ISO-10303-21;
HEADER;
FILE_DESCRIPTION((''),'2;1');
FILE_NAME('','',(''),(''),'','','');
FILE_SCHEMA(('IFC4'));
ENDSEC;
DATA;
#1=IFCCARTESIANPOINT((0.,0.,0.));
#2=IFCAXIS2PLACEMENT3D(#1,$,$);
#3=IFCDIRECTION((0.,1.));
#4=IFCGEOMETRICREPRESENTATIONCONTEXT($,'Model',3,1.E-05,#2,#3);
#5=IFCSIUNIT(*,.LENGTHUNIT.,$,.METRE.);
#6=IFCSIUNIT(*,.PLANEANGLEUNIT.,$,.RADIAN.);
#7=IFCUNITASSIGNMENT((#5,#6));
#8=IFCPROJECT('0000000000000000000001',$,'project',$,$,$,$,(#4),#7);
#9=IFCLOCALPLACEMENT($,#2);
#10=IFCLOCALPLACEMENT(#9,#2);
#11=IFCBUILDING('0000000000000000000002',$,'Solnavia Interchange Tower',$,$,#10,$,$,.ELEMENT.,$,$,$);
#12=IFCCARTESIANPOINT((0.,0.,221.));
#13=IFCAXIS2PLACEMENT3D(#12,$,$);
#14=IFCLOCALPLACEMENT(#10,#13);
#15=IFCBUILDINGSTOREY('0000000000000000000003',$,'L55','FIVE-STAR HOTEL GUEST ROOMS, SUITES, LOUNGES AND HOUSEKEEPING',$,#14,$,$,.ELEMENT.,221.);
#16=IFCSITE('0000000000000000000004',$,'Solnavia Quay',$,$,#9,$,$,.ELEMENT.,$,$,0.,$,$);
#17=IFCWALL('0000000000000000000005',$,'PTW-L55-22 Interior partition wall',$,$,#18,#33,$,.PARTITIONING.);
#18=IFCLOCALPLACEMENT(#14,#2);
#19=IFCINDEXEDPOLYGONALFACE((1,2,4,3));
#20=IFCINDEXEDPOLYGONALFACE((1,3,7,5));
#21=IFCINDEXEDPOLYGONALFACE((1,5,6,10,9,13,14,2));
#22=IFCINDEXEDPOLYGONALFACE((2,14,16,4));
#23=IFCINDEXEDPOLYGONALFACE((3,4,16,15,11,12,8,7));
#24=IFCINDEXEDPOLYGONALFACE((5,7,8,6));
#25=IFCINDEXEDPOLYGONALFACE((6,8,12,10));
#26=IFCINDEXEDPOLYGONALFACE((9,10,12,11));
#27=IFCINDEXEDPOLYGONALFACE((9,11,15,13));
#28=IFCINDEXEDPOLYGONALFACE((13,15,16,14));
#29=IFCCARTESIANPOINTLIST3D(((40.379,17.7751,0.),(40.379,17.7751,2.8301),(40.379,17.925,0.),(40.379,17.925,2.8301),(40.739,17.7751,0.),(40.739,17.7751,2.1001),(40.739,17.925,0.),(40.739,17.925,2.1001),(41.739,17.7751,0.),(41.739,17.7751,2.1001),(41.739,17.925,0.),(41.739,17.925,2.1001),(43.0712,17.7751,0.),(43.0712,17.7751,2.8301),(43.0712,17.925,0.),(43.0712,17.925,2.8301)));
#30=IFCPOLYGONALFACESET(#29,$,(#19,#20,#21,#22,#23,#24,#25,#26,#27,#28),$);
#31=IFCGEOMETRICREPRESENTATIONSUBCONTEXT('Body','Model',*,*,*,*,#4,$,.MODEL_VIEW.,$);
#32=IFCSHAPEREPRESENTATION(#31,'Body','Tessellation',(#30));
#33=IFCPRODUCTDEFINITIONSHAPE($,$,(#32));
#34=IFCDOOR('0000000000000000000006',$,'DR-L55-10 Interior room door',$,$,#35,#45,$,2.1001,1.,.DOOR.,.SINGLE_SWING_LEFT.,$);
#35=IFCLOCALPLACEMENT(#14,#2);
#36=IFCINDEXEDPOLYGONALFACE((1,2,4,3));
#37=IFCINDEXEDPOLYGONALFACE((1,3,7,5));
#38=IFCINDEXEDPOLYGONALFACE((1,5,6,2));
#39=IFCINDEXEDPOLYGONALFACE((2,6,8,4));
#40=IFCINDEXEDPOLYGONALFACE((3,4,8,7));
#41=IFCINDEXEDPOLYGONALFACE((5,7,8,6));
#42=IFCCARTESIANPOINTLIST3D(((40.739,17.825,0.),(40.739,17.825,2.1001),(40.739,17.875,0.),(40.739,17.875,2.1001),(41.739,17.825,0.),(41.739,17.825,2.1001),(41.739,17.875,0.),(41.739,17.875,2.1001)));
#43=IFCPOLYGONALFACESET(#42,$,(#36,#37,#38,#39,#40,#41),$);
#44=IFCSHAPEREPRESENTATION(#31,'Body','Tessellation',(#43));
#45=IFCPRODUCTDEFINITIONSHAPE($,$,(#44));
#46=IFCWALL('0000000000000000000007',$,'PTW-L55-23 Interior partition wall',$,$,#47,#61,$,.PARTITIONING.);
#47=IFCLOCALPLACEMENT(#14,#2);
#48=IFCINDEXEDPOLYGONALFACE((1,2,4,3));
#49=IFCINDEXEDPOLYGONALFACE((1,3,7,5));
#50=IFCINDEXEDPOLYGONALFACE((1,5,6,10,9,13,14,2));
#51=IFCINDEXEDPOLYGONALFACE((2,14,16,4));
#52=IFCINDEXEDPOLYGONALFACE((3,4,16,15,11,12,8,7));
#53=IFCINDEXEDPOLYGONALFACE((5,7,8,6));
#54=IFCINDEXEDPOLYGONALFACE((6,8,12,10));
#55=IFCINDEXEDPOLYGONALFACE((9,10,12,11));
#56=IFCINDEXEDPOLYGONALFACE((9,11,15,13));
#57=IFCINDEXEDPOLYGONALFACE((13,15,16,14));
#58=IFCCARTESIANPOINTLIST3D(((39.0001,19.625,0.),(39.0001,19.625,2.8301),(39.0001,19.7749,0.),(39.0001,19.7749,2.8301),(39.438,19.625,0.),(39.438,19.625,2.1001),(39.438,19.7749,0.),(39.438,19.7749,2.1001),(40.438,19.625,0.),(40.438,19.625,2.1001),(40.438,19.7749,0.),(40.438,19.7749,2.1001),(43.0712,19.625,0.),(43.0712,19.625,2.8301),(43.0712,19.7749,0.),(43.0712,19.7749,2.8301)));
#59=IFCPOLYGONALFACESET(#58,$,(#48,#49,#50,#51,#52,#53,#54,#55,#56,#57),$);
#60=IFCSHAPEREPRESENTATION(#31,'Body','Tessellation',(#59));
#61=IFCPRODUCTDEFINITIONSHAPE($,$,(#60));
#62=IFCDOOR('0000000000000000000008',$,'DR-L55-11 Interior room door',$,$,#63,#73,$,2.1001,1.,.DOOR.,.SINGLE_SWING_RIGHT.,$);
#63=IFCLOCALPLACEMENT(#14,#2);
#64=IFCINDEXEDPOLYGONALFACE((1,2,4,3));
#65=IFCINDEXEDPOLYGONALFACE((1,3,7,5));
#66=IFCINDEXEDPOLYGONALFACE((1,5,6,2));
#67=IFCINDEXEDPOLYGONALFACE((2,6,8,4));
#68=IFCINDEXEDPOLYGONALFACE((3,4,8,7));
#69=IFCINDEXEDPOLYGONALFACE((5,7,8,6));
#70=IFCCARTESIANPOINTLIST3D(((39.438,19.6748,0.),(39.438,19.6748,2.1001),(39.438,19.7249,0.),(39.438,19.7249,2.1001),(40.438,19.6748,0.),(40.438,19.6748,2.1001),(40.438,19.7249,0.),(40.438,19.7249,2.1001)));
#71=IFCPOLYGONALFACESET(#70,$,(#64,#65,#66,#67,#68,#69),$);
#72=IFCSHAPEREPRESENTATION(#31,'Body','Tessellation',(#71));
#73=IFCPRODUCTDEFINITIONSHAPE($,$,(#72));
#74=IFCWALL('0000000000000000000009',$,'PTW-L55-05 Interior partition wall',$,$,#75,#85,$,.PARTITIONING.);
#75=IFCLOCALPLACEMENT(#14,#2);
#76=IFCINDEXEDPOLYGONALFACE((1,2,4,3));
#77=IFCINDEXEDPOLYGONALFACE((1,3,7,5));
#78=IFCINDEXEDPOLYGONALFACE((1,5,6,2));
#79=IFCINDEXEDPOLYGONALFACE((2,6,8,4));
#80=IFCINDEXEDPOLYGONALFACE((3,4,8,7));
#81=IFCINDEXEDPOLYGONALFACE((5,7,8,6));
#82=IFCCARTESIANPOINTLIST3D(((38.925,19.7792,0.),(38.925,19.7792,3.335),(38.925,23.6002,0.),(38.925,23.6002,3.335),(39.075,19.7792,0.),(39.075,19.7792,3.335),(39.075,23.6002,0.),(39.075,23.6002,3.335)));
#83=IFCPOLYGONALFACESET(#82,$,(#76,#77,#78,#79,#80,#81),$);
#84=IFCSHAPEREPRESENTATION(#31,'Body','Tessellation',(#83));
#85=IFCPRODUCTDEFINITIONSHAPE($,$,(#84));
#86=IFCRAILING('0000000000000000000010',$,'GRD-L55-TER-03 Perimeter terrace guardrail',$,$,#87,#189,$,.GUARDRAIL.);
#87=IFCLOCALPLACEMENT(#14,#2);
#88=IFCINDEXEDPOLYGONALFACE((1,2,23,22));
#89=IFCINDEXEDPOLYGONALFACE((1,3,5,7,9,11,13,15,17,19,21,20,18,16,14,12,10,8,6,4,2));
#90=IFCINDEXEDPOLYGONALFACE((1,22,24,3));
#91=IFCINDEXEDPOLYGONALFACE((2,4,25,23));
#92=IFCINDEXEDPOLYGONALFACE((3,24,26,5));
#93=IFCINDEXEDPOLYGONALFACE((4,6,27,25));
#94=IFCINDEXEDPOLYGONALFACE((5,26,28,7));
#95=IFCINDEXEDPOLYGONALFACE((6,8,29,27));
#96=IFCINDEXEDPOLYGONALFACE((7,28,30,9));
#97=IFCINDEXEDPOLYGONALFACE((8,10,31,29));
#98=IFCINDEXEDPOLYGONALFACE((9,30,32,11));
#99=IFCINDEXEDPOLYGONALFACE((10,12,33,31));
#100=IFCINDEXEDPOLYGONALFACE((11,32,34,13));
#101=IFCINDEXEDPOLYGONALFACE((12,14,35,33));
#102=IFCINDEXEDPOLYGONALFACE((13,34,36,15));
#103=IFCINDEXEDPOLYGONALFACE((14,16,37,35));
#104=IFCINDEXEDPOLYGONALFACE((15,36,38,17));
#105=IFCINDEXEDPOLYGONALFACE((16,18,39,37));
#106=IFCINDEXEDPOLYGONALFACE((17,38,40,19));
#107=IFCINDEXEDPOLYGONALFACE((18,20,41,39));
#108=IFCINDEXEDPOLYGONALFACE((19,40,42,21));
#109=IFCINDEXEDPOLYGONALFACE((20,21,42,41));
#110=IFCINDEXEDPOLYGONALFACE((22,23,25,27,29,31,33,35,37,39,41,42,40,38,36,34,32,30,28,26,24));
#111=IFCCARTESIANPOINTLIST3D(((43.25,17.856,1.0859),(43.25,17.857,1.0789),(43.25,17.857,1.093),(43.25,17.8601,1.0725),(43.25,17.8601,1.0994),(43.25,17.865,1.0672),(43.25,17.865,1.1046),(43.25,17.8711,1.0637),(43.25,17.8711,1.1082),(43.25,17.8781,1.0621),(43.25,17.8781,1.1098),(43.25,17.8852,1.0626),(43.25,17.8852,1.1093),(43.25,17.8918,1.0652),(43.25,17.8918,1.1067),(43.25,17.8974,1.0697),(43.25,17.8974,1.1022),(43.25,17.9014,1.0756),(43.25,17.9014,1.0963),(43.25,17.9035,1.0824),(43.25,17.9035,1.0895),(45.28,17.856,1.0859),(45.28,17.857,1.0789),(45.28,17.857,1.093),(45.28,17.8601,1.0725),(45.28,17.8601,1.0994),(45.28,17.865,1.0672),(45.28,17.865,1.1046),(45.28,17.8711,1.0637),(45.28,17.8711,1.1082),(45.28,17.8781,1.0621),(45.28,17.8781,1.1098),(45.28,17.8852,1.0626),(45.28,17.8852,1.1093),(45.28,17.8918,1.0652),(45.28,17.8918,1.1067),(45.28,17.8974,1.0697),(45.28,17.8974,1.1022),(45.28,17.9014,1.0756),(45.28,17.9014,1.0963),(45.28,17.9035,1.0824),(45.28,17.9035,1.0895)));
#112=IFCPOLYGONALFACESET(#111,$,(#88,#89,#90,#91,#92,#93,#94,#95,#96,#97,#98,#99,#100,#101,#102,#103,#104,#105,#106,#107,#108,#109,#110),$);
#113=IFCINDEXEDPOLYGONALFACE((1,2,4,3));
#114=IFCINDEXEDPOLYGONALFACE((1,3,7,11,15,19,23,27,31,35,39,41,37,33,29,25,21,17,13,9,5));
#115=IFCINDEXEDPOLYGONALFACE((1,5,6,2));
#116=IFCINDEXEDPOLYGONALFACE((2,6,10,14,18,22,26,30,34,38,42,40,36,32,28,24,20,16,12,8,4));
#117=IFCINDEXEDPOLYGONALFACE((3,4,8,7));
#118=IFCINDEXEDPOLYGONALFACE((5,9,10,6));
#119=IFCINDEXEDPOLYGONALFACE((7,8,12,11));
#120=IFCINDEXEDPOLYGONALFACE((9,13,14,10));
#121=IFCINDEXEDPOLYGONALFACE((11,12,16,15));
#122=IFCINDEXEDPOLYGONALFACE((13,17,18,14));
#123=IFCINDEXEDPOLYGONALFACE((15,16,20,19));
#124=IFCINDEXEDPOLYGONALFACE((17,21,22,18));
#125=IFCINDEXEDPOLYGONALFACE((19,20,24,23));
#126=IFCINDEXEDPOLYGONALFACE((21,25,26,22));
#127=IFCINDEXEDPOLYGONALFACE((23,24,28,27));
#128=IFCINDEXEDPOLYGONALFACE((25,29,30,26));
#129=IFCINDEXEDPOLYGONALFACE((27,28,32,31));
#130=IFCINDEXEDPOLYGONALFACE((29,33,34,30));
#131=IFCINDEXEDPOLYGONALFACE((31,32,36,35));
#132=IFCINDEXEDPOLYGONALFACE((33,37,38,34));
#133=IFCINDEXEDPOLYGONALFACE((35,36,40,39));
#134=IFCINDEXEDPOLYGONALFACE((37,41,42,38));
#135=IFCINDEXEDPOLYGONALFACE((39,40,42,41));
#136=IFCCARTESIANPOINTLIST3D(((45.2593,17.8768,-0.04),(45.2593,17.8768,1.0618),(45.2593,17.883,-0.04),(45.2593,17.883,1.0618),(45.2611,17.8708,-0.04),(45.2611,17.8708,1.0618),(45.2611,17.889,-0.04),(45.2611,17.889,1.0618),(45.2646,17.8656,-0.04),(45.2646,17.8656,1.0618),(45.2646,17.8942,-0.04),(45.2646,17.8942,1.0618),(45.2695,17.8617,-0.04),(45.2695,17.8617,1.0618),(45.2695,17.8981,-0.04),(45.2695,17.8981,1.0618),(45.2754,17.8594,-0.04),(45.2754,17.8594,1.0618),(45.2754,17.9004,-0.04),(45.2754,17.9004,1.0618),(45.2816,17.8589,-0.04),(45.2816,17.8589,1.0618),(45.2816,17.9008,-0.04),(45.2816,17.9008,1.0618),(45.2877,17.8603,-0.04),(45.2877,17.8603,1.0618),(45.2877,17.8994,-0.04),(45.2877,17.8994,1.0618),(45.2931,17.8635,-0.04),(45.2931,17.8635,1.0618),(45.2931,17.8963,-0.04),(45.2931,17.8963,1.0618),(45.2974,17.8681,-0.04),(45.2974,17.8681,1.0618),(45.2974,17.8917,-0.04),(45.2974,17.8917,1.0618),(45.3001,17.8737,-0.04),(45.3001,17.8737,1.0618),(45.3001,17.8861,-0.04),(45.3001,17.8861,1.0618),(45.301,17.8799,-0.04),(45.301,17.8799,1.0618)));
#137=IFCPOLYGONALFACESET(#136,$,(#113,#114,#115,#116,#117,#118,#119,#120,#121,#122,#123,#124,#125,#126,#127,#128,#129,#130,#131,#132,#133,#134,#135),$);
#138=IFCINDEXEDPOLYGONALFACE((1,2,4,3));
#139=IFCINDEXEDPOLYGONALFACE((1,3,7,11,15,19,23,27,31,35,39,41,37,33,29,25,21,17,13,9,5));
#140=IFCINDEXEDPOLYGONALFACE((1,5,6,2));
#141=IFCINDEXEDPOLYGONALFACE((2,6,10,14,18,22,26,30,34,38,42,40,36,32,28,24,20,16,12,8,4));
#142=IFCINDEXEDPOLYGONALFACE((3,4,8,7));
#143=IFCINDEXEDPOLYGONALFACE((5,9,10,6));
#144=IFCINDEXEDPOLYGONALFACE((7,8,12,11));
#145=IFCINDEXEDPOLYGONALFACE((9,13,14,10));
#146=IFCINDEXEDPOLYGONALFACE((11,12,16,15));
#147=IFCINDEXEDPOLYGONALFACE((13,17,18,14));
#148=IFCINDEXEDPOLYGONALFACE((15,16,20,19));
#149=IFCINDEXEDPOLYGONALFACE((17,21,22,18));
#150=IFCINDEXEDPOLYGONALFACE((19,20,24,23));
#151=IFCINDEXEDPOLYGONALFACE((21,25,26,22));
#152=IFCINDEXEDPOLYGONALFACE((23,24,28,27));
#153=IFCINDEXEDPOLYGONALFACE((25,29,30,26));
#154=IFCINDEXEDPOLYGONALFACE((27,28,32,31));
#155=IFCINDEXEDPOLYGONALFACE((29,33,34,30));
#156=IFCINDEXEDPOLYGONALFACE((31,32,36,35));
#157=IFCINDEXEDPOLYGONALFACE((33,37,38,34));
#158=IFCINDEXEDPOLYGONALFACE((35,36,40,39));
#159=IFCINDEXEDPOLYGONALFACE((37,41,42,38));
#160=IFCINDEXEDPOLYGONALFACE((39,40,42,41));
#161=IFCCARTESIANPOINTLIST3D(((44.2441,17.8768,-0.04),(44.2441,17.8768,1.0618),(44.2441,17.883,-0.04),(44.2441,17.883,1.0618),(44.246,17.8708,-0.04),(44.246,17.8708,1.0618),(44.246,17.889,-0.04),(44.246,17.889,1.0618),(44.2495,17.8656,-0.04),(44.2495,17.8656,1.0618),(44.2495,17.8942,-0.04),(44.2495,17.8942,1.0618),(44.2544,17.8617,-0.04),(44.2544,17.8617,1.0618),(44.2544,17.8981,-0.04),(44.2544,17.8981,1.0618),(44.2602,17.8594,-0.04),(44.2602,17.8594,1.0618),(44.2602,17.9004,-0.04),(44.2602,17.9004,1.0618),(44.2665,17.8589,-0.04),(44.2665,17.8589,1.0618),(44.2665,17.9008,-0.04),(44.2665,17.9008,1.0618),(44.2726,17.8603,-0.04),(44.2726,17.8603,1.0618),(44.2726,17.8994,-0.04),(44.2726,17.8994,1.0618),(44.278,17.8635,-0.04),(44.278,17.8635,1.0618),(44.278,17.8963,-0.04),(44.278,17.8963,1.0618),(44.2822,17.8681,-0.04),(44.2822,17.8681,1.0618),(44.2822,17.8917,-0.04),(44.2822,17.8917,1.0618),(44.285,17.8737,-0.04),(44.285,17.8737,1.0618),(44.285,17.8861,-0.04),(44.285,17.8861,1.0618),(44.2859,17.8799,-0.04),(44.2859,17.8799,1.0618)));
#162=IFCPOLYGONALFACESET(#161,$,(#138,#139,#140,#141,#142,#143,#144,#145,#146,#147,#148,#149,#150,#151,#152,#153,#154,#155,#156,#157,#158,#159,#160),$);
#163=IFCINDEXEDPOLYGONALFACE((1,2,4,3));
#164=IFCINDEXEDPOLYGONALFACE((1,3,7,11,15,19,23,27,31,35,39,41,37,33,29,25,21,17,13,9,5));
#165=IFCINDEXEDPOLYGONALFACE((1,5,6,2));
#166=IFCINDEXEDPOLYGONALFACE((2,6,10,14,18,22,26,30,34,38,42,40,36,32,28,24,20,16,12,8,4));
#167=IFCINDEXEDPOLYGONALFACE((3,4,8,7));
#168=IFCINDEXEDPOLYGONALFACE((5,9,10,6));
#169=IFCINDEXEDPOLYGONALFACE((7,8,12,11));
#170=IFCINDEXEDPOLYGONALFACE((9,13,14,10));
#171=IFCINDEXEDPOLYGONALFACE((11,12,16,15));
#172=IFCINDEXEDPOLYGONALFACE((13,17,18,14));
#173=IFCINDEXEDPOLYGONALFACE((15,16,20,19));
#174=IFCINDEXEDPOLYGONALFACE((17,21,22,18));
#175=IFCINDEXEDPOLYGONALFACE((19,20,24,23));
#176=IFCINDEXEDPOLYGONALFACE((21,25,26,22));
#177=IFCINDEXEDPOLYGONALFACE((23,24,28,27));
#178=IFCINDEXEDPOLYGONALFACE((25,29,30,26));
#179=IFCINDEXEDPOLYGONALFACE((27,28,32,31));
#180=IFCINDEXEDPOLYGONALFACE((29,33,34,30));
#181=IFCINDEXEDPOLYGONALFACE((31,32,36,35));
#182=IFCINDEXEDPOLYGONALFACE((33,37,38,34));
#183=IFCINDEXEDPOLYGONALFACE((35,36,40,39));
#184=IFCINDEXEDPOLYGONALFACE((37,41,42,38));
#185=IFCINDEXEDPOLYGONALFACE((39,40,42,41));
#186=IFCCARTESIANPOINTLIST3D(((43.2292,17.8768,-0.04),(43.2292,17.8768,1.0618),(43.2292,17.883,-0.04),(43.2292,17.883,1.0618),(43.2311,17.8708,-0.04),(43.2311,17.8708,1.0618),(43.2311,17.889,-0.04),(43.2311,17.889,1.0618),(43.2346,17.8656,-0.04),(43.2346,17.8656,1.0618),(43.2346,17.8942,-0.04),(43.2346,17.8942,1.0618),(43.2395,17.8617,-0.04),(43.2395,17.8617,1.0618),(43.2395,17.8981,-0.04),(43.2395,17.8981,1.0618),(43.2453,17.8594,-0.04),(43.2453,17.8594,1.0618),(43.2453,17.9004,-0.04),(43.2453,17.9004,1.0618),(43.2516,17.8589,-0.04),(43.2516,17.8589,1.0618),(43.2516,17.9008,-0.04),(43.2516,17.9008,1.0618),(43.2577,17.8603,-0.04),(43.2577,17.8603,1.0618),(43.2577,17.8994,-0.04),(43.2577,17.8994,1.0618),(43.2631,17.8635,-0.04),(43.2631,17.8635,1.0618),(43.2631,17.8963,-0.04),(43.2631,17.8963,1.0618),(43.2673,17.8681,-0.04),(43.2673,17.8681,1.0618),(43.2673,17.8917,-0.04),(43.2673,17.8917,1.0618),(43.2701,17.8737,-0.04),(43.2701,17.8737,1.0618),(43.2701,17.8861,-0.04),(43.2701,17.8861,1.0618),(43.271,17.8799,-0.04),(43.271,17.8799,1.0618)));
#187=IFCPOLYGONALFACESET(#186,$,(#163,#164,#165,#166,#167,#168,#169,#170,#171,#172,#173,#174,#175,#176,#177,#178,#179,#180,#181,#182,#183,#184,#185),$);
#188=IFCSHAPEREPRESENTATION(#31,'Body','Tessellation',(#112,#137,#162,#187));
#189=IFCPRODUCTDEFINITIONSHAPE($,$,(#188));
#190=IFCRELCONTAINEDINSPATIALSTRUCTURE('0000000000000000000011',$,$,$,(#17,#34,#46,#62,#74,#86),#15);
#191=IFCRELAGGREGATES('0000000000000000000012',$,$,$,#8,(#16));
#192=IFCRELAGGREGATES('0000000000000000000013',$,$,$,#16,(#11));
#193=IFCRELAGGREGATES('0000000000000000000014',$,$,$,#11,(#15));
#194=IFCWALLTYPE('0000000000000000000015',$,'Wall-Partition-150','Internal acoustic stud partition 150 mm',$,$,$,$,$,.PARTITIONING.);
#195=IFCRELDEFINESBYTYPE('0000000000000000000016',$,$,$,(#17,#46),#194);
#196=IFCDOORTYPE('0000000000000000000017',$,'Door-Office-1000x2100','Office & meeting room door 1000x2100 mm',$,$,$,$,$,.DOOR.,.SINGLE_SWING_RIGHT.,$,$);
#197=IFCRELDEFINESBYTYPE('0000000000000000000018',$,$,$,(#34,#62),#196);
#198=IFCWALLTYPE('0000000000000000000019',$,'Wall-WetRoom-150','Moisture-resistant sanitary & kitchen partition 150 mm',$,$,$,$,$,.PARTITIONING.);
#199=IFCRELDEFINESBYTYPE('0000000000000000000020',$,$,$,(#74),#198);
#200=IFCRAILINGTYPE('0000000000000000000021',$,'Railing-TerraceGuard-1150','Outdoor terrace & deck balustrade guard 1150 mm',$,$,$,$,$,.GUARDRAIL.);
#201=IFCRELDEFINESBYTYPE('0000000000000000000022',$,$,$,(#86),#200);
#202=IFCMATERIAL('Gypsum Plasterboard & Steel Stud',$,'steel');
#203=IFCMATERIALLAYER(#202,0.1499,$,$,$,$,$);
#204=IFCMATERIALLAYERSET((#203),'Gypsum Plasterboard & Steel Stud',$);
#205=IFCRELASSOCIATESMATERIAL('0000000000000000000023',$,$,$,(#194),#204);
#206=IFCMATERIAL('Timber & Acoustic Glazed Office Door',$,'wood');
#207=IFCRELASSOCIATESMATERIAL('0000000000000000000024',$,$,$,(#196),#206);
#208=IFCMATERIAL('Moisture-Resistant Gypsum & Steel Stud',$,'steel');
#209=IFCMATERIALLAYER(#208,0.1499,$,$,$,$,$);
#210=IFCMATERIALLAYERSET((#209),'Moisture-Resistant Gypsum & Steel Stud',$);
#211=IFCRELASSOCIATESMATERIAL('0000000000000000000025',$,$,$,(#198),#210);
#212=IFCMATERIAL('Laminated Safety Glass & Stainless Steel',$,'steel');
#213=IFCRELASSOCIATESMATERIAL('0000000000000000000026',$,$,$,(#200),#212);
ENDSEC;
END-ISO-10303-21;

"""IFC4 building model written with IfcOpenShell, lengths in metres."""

from ifc_helpers import new_model, si_unit, direction, frame, frame_2d, origin, origin_2d, place, context, subcontext, project, spatial, rectangle, circle, extrude, material, layer, layer_set, type_object, element, fill, save


model = new_model("IFC4")

# Units and contexts
model_context = context("Model", 3, precision=1e-05, world=origin(), true_north=direction((0.0, 1.0)))
body_context = subcontext(model_context, "Body", "Model", "MODEL_VIEW")
ifc_project = project(units=[si_unit("LENGTHUNIT", "METRE"), si_unit("PLANEANGLEUNIT", "RADIAN")], contexts=[model_context])

# Site, building, storey
site_placement = place(None, origin())
site = spatial("IfcSite", under=ifc_project, at=site_placement, Name="Solnavia Quay", CompositionType="ELEMENT", RefElevation=0.0)
building_placement = place(site_placement, origin())
building = spatial("IfcBuilding", under=site, at=building_placement, Name="Solnavia Interchange Tower", CompositionType="ELEMENT")
storey_placement = place(building_placement, frame((0.0, 0.0, 221.0)))
storey = spatial("IfcBuildingStorey", under=building, at=storey_placement, Name="L55", Description="FIVE-STAR HOTEL GUEST ROOMS, SUITES, LOUNGES AND HOUSEKEEPING", CompositionType="ELEMENT", Elevation=221.0)

# Walls, openings, doors
ifc_material_1 = material(Name="Gypsum Plasterboard & Steel Stud", Category="steel")
ifc_layer_1 = layer(ifc_material_1, 0.1499)
ifc_layer_set_1 = layer_set([ifc_layer_1], Name="Gypsum Plasterboard & Steel Stud")
wall_type_1 = type_object("IfcWallType", Name="Wall-Partition-150", Description="Internal acoustic stud partition 150 mm", PredefinedType="PARTITIONING", material=ifc_layer_set_1)
wall_1_placement = place(storey_placement, frame((40.3789, 17.8501, 0.0), z_axis=(0.0, 0.0, 1.0), x_axis=(1.0, 0.0, 0.0)))
wall_1 = element("IfcWall", 1, at=wall_1_placement, inside=storey, type_object=wall_type_1, Name="PTW-L55-22 Interior partition wall", PredefinedType="PARTITIONING", context=body_context, shape_type="SweptSolid", body=[
    extrude(rectangle(XDim=2.6921, YDim=0.1499, at=frame_2d((1.3462, 0.0))), origin(), (0.0, 0.0, 1.0), 2.8301),
])
opening_1_placement = place(wall_1_placement, frame((0.3601, 0.0, 0.0)))
opening_1 = element("IfcOpeningElement", 2, at=opening_1_placement, cuts=wall_1, PredefinedType="OPENING", context=body_context, shape_type="SweptSolid", body=[
    extrude(rectangle(XDim=1.0, YDim=2.1001, at=frame_2d((0.5, 1.05))), frame((0.0, 0.085, 0.0), z_axis=(0.0, -1.0, 0.0), x_axis=(1.0, 0.0, 0.0)), (0.0, 0.0, 1.0), 0.1699),
])
ifc_material_2 = material(Name="Timber & Acoustic Glazed Office Door", Category="wood")
door_type = type_object("IfcDoorType", Name="Door-Office-1000x2100", Description="Office & meeting room door 1000x2100 mm", OperationType="SINGLE_SWING_RIGHT", PredefinedType="DOOR", material=ifc_material_2)
door_1_placement = place(opening_1_placement, origin())
door_1 = element("IfcDoor", 3, at=door_1_placement, inside=storey, type_object=door_type, Name="DR-L55-10 Interior room door", OperationType="SINGLE_SWING_LEFT", OverallHeight=2.1001, OverallWidth=1.0, PredefinedType="DOOR", context=body_context, shape_type="SweptSolid", body=[
    extrude(rectangle(XDim=1.0, YDim=2.1001, at=frame_2d((0.5, 1.05))), frame((0.0, 0.0249, 0.0), z_axis=(0.0, -1.0, 0.0), x_axis=(1.0, 0.0, 0.0)), (0.0, 0.0, 1.0), 0.05),
])
fill(opening_1, door_1)
wall_2_placement = place(storey_placement, frame((39.0, 19.7, 0.0), z_axis=(0.0, 0.0, 1.0), x_axis=(1.0, 0.0, 0.0)))
wall_2 = element("IfcWall", 4, at=wall_2_placement, inside=storey, type_object=wall_type_1, Name="PTW-L55-23 Interior partition wall", PredefinedType="PARTITIONING", context=body_context, shape_type="SweptSolid", body=[
    extrude(rectangle(XDim=4.071, YDim=0.1499, at=frame_2d((2.0356, 0.0))), origin(), (0.0, 0.0, 1.0), 2.8301),
])
opening_2_placement = place(wall_2_placement, frame((0.438, 0.0, 0.0)))
opening_2 = element("IfcOpeningElement", 5, at=opening_2_placement, cuts=wall_2, PredefinedType="OPENING", context=body_context, shape_type="SweptSolid", body=[
    extrude(rectangle(XDim=1.0, YDim=2.1001, at=frame_2d((0.5, 1.05))), frame((0.0, 0.085, 0.0), z_axis=(0.0, -1.0, 0.0), x_axis=(1.0, 0.0, 0.0)), (0.0, 0.0, 1.0), 0.1699),
])
door_2_placement = place(opening_2_placement, origin())
door_2 = element("IfcDoor", 6, at=door_2_placement, inside=storey, type_object=door_type, Name="DR-L55-11 Interior room door", OperationType="SINGLE_SWING_RIGHT", OverallHeight=2.1001, OverallWidth=1.0, PredefinedType="DOOR", context=body_context, shape_type="SweptSolid", body=[
    extrude(rectangle(XDim=1.0, YDim=2.1001, at=frame_2d((0.5, 1.05))), frame((0.0, 0.0249, 0.0), z_axis=(0.0, -1.0, 0.0), x_axis=(1.0, 0.0, 0.0)), (0.0, 0.0, 1.0), 0.05),
])
fill(opening_2, door_2)

# Wall
ifc_material_3 = material(Name="Moisture-Resistant Gypsum & Steel Stud", Category="steel")
ifc_layer_2 = layer(ifc_material_3, 0.1499)
ifc_layer_set_2 = layer_set([ifc_layer_2], Name="Moisture-Resistant Gypsum & Steel Stud")
wall_type_2 = type_object("IfcWallType", Name="Wall-WetRoom-150", Description="Moisture-resistant sanitary & kitchen partition 150 mm", PredefinedType="PARTITIONING", material=ifc_layer_set_2)
wall_3_placement = place(storey_placement, frame((39.0, 19.7791, 0.0), z_axis=(0.0, 0.0, 1.0), x_axis=(0.0, 1.0, 0.0)))
element("IfcWall", 7, at=wall_3_placement, inside=storey, type_object=wall_type_2, Name="PTW-L55-05 Interior partition wall", PredefinedType="PARTITIONING", context=body_context, shape_type="SweptSolid", body=[
    extrude(rectangle(XDim=3.821, YDim=0.1499, at=frame_2d((1.9106, 0.0))), origin(), (0.0, 0.0, 1.0), 3.335),
])

# Railing
ifc_material_4 = material(Name="Laminated Safety Glass & Stainless Steel", Category="steel")
railing_type = type_object("IfcRailingType", Name="Railing-TerraceGuard-1150", Description="Outdoor terrace & deck balustrade guard 1150 mm", PredefinedType="GUARDRAIL", material=ifc_material_4)
railing_placement = place(storey_placement, frame((45.28, 17.8799, -0.04)))
element("IfcRailing", 8, at=railing_placement, inside=storey, type_object=railing_type, Name="GRD-L55-TER-03 Perimeter terrace guardrail", PredefinedType="GUARDRAIL", context=body_context, shape_type="SweptSolid", body=[
    extrude(circle(Radius=0.0239, at=origin_2d()), frame((0.0, 0.0, 1.126), z_axis=(-1.0, 0.0, 0.0), x_axis=(0.0, -1.0, 0.0)), (0.0, 0.0, 1.0), 2.03),
    extrude(circle(Radius=0.021, at=origin_2d()), origin(), (0.0, 0.0, 1.0), 1.1018),
    extrude(circle(Radius=0.021, at=origin_2d()), frame((-1.0151, 0.0, 0.0)), (0.0, 0.0, 1.0), 1.1018),
    extrude(circle(Radius=0.021, at=origin_2d()), frame((-2.03, 0.0, 0.0)), (0.0, 0.0, 1.0), 1.1018),
])

save(model, "model.ifc")
